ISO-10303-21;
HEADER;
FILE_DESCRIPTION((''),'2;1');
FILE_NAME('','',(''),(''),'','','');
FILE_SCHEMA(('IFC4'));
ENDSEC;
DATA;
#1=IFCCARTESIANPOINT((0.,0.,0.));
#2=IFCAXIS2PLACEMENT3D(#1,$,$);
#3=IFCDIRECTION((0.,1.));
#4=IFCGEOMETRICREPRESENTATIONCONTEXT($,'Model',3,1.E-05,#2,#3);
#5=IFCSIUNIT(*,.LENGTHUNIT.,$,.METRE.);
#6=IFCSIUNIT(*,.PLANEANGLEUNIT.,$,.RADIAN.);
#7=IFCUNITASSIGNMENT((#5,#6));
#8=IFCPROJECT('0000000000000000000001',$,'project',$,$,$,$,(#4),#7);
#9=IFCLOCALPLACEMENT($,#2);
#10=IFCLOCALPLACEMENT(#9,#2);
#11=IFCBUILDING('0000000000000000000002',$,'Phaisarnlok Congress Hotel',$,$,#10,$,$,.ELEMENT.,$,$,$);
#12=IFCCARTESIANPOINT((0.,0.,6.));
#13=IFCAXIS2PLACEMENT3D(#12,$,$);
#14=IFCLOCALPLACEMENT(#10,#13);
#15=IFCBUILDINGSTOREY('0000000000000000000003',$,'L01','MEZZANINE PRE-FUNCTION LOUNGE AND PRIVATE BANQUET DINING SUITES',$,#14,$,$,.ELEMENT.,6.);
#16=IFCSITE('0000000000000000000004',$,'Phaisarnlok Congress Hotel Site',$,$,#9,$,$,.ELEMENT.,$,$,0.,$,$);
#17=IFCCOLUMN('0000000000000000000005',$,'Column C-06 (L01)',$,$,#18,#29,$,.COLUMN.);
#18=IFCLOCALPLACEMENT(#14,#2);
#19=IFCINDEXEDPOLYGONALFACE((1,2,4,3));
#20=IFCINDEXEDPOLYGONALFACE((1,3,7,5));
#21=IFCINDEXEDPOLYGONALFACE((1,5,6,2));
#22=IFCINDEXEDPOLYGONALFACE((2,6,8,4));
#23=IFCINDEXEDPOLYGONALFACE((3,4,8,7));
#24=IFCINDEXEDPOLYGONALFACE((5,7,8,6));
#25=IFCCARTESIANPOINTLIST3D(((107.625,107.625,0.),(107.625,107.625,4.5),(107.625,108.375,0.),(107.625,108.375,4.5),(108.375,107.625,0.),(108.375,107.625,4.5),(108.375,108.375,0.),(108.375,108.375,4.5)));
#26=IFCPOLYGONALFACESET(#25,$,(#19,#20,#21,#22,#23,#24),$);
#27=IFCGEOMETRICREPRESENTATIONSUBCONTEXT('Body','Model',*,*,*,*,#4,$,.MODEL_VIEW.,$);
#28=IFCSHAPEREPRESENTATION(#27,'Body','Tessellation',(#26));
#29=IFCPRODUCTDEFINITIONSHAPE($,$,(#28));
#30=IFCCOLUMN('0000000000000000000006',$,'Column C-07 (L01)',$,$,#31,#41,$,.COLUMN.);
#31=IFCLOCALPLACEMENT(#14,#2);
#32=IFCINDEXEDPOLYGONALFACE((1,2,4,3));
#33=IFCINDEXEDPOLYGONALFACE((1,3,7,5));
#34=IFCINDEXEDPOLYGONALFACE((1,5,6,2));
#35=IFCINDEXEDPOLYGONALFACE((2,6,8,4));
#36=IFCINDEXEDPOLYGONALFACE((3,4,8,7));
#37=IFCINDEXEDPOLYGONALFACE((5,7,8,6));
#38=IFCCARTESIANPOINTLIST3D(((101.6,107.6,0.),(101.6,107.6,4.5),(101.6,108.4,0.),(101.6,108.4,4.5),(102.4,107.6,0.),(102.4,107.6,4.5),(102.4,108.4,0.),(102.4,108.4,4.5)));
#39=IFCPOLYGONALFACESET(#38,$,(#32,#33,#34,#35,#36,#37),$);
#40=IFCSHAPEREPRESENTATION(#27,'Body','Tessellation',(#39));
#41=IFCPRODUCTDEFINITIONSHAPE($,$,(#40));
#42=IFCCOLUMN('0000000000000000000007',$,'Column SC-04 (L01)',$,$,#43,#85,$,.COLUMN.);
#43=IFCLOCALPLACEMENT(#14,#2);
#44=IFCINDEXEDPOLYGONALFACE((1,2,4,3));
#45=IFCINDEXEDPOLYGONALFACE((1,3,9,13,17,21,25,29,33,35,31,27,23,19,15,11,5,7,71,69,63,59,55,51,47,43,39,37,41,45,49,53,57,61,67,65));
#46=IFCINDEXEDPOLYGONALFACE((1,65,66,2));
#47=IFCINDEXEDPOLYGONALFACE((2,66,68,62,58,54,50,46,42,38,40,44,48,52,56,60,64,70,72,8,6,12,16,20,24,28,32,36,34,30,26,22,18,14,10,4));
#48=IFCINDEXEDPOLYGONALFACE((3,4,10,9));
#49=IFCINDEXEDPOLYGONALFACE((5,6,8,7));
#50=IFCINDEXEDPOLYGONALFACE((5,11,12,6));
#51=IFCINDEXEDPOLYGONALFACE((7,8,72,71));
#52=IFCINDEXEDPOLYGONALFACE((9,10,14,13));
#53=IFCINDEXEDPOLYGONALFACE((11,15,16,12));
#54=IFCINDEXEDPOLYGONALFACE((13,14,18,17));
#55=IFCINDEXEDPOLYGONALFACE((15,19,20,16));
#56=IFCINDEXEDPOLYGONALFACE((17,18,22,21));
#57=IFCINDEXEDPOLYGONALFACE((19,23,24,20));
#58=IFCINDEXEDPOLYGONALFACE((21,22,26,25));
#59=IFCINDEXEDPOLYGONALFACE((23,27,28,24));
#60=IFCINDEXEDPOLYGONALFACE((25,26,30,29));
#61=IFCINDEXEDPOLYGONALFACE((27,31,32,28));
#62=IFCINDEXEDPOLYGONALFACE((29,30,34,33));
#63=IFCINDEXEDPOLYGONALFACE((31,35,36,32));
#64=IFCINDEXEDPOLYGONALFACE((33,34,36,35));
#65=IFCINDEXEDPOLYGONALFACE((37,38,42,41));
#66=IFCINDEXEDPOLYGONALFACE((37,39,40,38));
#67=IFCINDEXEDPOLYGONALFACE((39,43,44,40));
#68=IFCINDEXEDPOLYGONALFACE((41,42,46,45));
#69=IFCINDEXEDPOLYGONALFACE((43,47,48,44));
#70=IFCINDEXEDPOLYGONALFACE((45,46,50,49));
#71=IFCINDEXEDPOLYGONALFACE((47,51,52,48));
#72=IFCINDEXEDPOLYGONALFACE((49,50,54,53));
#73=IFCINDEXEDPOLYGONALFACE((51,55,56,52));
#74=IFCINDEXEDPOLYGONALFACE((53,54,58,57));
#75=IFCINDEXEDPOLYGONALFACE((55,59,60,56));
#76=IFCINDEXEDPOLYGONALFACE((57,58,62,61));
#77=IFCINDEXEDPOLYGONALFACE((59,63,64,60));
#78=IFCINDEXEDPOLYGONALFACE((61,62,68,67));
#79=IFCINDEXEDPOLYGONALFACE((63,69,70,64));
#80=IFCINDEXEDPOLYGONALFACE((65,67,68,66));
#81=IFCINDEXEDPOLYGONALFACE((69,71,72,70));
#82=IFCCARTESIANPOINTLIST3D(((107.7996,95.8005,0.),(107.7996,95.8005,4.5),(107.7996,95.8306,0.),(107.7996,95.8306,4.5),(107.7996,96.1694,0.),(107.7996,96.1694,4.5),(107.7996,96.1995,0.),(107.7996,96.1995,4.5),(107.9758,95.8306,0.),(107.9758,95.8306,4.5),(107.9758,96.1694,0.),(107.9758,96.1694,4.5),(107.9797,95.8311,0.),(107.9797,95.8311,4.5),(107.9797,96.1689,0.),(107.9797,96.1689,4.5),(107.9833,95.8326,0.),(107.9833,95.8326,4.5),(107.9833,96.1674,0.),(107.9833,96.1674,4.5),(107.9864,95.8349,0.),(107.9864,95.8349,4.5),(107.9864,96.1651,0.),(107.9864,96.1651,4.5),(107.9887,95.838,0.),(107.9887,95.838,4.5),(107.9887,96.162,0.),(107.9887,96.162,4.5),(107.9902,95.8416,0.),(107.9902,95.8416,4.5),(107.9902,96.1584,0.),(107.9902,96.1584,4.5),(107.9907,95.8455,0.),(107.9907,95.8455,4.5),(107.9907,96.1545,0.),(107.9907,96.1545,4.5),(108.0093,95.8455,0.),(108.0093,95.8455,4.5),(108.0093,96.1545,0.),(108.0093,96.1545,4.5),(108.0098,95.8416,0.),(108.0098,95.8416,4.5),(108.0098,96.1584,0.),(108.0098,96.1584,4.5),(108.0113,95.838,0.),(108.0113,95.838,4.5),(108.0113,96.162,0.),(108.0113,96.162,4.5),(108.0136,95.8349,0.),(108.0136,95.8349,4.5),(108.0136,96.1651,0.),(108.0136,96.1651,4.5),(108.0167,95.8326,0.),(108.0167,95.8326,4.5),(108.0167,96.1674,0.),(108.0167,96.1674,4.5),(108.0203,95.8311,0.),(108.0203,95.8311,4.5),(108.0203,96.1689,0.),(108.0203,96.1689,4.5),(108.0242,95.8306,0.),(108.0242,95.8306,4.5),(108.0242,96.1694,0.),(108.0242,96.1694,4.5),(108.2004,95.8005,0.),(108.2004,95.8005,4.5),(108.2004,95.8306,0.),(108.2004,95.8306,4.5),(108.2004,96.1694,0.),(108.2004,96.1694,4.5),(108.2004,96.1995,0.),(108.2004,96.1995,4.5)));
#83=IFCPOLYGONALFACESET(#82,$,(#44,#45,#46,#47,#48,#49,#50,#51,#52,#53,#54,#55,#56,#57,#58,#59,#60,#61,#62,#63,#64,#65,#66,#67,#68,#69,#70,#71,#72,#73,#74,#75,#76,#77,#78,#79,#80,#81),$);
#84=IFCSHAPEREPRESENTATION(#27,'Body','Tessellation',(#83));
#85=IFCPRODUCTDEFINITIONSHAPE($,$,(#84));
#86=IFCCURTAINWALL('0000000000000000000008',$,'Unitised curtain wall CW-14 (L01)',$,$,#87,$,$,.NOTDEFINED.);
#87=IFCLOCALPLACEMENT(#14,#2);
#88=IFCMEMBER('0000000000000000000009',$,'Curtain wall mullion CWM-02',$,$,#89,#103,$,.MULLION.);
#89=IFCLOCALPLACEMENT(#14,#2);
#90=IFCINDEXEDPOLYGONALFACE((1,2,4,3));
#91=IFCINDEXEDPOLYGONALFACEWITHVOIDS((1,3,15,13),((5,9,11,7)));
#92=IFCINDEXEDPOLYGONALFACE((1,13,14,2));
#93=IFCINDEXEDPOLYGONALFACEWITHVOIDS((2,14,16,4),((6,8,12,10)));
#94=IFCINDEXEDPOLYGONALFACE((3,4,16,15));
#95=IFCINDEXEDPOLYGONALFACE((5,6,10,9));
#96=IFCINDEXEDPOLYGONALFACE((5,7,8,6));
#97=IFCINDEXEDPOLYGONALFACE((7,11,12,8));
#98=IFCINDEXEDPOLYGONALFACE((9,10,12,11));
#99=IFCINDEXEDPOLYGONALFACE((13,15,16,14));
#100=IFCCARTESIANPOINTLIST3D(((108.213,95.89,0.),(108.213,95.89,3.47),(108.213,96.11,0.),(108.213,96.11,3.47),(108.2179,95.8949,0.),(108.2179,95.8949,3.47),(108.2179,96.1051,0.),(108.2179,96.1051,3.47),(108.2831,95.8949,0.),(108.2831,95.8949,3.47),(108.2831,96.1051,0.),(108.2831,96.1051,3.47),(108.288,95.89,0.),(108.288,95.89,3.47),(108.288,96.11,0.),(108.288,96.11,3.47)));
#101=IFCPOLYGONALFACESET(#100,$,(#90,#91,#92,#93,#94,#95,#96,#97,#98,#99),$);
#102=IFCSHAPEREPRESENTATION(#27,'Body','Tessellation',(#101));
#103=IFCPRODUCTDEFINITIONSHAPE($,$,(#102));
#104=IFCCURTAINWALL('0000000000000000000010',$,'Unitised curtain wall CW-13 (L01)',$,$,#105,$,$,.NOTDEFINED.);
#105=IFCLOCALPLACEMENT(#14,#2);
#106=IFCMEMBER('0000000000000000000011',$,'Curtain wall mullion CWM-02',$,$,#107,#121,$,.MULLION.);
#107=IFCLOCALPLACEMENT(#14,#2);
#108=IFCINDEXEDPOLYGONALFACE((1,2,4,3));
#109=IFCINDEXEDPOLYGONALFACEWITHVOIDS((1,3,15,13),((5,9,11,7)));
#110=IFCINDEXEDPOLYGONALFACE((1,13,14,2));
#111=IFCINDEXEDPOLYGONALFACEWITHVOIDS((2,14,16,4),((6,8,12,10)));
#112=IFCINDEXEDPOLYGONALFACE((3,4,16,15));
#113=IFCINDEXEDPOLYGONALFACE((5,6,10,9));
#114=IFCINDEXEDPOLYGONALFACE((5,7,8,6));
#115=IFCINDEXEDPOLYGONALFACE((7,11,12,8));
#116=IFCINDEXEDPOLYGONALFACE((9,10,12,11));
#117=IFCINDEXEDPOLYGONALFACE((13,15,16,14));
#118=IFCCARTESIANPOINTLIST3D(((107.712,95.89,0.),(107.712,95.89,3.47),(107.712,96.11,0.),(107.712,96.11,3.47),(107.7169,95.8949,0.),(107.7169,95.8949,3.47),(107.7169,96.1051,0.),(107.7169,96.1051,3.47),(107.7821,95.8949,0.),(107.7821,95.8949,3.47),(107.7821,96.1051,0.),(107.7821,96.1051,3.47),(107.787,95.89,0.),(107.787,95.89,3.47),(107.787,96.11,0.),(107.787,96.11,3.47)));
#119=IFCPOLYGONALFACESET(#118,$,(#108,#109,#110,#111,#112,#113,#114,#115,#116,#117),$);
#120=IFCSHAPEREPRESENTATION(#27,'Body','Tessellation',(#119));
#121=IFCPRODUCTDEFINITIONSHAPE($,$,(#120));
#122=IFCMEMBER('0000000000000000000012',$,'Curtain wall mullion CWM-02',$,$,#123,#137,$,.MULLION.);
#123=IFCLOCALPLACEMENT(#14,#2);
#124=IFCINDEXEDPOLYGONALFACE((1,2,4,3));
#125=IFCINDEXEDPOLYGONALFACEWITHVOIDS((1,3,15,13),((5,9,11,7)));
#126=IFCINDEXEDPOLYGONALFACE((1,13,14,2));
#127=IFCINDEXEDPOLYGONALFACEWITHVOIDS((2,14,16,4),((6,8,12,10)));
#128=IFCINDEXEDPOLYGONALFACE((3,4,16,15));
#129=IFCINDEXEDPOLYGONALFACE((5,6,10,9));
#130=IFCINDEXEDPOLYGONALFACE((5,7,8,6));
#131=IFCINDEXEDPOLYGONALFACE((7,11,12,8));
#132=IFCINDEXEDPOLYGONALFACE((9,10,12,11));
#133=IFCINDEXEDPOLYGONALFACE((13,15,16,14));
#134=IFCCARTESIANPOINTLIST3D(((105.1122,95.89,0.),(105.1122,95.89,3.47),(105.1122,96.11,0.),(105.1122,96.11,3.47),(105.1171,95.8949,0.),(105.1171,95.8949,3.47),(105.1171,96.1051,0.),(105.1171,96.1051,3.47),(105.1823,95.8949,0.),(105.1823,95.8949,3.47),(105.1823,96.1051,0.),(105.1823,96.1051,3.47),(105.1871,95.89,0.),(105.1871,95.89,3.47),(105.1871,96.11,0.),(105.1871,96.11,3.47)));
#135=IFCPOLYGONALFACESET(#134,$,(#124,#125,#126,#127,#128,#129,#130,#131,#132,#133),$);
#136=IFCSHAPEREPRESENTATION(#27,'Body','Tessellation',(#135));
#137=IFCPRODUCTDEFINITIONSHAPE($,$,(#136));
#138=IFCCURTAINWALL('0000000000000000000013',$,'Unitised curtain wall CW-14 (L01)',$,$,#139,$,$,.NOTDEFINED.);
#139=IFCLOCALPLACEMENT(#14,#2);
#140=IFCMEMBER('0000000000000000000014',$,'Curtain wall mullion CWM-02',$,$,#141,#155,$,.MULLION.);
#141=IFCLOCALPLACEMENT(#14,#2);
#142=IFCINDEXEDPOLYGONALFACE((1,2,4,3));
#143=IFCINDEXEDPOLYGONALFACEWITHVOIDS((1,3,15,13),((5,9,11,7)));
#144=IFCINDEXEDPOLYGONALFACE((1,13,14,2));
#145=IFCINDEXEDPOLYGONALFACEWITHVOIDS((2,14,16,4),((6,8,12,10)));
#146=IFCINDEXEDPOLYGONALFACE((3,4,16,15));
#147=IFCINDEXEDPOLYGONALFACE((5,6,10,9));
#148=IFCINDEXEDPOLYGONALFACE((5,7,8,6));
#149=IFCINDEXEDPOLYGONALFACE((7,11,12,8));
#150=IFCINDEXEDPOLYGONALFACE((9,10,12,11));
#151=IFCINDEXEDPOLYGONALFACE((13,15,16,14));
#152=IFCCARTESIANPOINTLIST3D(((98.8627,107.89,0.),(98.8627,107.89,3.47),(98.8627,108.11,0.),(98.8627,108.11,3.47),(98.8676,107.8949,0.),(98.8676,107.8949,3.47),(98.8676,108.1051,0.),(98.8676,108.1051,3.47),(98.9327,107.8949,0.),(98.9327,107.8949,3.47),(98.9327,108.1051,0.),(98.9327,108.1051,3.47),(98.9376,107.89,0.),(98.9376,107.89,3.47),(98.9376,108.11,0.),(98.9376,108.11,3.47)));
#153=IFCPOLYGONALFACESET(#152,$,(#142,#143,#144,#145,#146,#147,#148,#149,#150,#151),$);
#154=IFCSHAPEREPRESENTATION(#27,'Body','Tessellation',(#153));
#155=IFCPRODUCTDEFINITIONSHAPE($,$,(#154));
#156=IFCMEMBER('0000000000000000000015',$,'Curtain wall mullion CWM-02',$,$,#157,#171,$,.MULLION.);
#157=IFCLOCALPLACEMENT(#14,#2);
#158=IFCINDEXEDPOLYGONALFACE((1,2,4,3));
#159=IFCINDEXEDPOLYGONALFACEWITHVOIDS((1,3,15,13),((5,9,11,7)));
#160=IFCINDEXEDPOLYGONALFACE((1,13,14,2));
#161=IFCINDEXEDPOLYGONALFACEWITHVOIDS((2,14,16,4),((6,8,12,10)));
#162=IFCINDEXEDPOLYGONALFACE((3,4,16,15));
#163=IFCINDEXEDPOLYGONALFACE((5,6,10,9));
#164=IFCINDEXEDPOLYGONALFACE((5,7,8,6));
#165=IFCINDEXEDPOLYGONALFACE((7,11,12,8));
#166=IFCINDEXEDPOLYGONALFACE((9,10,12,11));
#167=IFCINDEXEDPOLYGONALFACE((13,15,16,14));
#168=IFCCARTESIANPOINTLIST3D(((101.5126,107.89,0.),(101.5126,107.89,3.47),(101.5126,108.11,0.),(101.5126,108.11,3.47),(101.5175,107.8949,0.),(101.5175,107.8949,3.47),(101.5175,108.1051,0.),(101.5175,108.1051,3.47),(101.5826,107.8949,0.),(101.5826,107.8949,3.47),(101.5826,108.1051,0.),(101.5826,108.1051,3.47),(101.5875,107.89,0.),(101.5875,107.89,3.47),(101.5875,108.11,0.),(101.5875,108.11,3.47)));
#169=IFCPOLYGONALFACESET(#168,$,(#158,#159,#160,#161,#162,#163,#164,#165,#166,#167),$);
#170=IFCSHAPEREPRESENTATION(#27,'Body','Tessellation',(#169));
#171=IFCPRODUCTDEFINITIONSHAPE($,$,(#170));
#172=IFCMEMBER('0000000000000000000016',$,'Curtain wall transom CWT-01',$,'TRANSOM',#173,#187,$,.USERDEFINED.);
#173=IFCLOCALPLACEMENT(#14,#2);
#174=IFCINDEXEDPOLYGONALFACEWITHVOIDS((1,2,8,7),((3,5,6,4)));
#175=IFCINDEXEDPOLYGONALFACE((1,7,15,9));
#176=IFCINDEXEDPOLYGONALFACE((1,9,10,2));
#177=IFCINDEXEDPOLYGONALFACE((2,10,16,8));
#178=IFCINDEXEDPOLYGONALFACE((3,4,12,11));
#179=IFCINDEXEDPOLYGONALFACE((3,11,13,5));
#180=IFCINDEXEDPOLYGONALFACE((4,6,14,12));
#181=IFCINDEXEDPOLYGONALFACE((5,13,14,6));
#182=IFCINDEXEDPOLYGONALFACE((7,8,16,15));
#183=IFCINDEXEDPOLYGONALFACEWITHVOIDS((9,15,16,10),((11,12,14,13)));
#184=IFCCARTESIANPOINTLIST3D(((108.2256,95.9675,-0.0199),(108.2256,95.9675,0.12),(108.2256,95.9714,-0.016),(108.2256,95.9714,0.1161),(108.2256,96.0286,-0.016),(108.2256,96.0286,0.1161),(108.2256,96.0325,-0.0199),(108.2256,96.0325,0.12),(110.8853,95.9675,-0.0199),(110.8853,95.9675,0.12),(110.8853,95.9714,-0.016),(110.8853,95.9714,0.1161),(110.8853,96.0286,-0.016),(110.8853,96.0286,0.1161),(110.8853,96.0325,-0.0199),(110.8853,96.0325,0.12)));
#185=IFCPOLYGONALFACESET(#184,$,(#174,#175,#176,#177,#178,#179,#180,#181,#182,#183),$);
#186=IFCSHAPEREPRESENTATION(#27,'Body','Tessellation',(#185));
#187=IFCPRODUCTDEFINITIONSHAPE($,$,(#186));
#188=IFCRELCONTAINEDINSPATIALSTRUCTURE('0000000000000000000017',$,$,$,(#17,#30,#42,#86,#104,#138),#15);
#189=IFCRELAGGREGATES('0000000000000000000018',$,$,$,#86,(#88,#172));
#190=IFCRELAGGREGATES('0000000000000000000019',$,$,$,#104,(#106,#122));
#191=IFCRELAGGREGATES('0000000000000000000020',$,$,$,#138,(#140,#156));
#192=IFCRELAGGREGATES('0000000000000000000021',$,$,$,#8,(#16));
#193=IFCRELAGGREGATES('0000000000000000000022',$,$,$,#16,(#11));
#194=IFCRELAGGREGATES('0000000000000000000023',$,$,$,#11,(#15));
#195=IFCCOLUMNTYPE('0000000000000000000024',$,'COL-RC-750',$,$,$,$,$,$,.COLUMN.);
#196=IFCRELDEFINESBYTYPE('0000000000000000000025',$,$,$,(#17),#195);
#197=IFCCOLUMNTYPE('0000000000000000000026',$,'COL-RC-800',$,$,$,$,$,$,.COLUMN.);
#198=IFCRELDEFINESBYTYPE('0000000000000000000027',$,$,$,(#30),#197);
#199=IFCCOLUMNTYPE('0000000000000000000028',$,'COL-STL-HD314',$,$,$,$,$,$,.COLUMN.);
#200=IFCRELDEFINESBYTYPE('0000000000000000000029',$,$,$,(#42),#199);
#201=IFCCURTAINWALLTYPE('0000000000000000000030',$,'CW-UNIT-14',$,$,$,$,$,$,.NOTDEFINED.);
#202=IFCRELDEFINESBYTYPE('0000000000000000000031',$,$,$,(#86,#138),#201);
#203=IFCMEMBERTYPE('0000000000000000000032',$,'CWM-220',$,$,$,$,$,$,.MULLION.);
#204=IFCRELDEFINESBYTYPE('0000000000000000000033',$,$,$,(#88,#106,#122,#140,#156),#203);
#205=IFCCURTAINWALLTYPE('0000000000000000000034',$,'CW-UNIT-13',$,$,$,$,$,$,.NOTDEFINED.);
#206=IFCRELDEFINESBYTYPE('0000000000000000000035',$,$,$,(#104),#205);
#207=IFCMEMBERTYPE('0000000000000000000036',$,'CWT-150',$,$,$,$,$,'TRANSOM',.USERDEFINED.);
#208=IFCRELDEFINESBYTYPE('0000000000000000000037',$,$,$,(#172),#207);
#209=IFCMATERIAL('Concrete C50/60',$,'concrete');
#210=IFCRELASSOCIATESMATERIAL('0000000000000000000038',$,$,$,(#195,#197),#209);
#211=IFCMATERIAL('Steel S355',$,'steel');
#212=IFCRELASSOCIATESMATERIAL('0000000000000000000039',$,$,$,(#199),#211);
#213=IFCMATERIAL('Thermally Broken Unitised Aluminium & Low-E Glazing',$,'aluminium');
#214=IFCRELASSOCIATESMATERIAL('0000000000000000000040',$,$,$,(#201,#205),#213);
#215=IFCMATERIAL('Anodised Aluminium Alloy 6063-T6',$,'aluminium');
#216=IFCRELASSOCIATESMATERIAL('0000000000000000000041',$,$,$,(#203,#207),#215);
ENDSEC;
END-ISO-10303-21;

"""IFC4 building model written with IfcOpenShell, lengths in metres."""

from ifc_helpers import new_model, si_unit, direction, frame, origin, origin_2d, place, context, subcontext, project, spatial, rectangle, hollow_rectangle, i_section, extrude, material, material_profile, profile_set, type_object, element, aggregate, save


model = new_model("IFC4")

# Units and contexts
model_context = context("Model", 3, precision=1e-05, world=origin(), true_north=direction((0.0, 1.0)))
body_context = subcontext(model_context, "Body", "Model", "MODEL_VIEW")
ifc_project = project(units=[si_unit("LENGTHUNIT", "METRE"), si_unit("PLANEANGLEUNIT", "RADIAN")], contexts=[model_context])

# Site, building, storey
site_placement = place(None, origin())
site = spatial("IfcSite", under=ifc_project, at=site_placement, Name="Phaisarnlok Congress Hotel Site", CompositionType="ELEMENT", RefElevation=0.0)
building_placement = place(site_placement, origin())
building = spatial("IfcBuilding", under=site, at=building_placement, Name="Phaisarnlok Congress Hotel", CompositionType="ELEMENT")
storey_placement = place(building_placement, frame((0.0, 0.0, 6.0)))
storey = spatial("IfcBuildingStorey", under=building, at=storey_placement, Name="L01", Description="MEZZANINE PRE-FUNCTION LOUNGE AND PRIVATE BANQUET DINING SUITES", CompositionType="ELEMENT", Elevation=6.0)

# Columns
ifc_material_1 = material(Name="Concrete C50/60", Category="concrete")
ifc_material_profile_1 = material_profile(ifc_material_1, rectangle(XDim=0.75, YDim=0.75, at=origin_2d()), Name="RC 750x750")
ifc_profile_set_1 = profile_set([ifc_material_profile_1], Name="Concrete C50/60")
column_type_1 = type_object("IfcColumnType", Name="COL-RC-750", PredefinedType="COLUMN", material=ifc_profile_set_1)
column_1_placement = place(storey_placement, frame((108.0, 108.0, 0.0), z_axis=(0.0, 0.0, 1.0), x_axis=(1.0, 0.0, 0.0)))
element("IfcColumn", 1, at=column_1_placement, inside=storey, type_object=column_type_1, Name="Column C-06 (L01)", PredefinedType="COLUMN", context=body_context, shape_type="SweptSolid", body=[
    extrude(rectangle(XDim=0.75, YDim=0.75, at=origin_2d()), origin(), (0.0, 0.0, 1.0), 4.5),
])
ifc_material_profile_2 = material_profile(ifc_material_1, rectangle(XDim=0.8, YDim=0.8, at=origin_2d()), Name="RC 800x800")
ifc_profile_set_2 = profile_set([ifc_material_profile_2], Name="Concrete C50/60")
column_type_2 = type_object("IfcColumnType", Name="COL-RC-800", PredefinedType="COLUMN", material=ifc_profile_set_2)
column_2_placement = place(storey_placement, frame((102.0, 108.0, 0.0), z_axis=(0.0, 0.0, 1.0), x_axis=(1.0, 0.0, 0.0)))
element("IfcColumn", 2, at=column_2_placement, inside=storey, type_object=column_type_2, Name="Column C-07 (L01)", PredefinedType="COLUMN", context=body_context, shape_type="SweptSolid", body=[
    extrude(rectangle(XDim=0.8, YDim=0.8, at=origin_2d()), origin(), (0.0, 0.0, 1.0), 4.5),
])
ifc_material_2 = material(Name="Steel S355", Category="steel")
ifc_material_profile_3 = material_profile(ifc_material_2, i_section(OverallWidth=0.4009, OverallDepth=0.3989, WebThickness=0.0186, FlangeThickness=0.03, FilletRadius=0.0149, at=origin_2d()), Name="HD 400x314")
ifc_profile_set_3 = profile_set([ifc_material_profile_3], Name="Steel S355")
column_type_3 = type_object("IfcColumnType", Name="COL-STL-HD314", PredefinedType="COLUMN", material=ifc_profile_set_3)
column_3_placement = place(storey_placement, frame((108.0, 96.0, 0.0), z_axis=(0.0, 0.0, 1.0), x_axis=(1.0, 0.0, 0.0)))
element("IfcColumn", 3, at=column_3_placement, inside=storey, type_object=column_type_3, Name="Column SC-04 (L01)", PredefinedType="COLUMN", context=body_context, shape_type="SweptSolid", body=[
    extrude(i_section(OverallWidth=0.4009, OverallDepth=0.3989, WebThickness=0.0186, FlangeThickness=0.03, FilletRadius=0.0149, at=origin_2d()), origin(), (0.0, 0.0, 1.0), 4.5),
])

# Curtain wall, member
ifc_material_3 = material(Name="Thermally Broken Unitised Aluminium & Low-E Glazing", Category="aluminium")
curtain_wall_type_1 = type_object("IfcCurtainWallType", Name="CW-UNIT-14", PredefinedType="NOTDEFINED", material=ifc_material_3)
curtain_wall_1_placement = place(storey_placement, origin())
curtain_wall_1 = element("IfcCurtainWall", 4, at=curtain_wall_1_placement, inside=storey, type_object=curtain_wall_type_1, Name="Unitised curtain wall CW-14 (L01)", PredefinedType="NOTDEFINED")
ifc_material_4 = material(Name="Anodised Aluminium Alloy 6063-T6", Category="aluminium")
ifc_material_profile_4 = material_profile(ifc_material_4, hollow_rectangle(XDim=0.075, YDim=0.22, WallThickness=0.0049, at=origin_2d()), Name="ALU-M 75x220x5")
ifc_profile_set_4 = profile_set([ifc_material_profile_4], Name="Anodised Aluminium Alloy 6063-T6")
member_type_1 = type_object("IfcMemberType", Name="CWM-220", PredefinedType="MULLION", material=ifc_profile_set_4)
member_1_placement = place(storey_placement, frame((108.2505, 96.0, 0.0), z_axis=(0.0, 0.0, 1.0), x_axis=(-1.0, 0.0, 0.0)))
member_1 = element("IfcMember", 5, at=member_1_placement, type_object=member_type_1, Name="Curtain wall mullion CWM-02", PredefinedType="MULLION", context=body_context, shape_type="SweptSolid", body=[
    extrude(hollow_rectangle(XDim=0.075, YDim=0.22, WallThickness=0.0049, at=origin_2d()), origin(), (0.0, 0.0, 1.0), 3.47),
])

# Curtain walls, members
curtain_wall_type_2 = type_object("IfcCurtainWallType", Name="CW-UNIT-13", PredefinedType="NOTDEFINED", material=ifc_material_3)
curtain_wall_2_placement = place(storey_placement, origin())
curtain_wall_2 = element("IfcCurtainWall", 6, at=curtain_wall_2_placement, inside=storey, type_object=curtain_wall_type_2, Name="Unitised curtain wall CW-13 (L01)", PredefinedType="NOTDEFINED")
member_2_placement = place(storey_placement, frame((107.7495, 96.0, 0.0), z_axis=(0.0, 0.0, 1.0), x_axis=(-1.0, 0.0, 0.0)))
member_2 = element("IfcMember", 7, at=member_2_placement, type_object=member_type_1, Name="Curtain wall mullion CWM-02", PredefinedType="MULLION", context=body_context, shape_type="SweptSolid", body=[
    extrude(hollow_rectangle(XDim=0.075, YDim=0.22, WallThickness=0.0049, at=origin_2d()), origin(), (0.0, 0.0, 1.0), 3.47),
])
member_3_placement = place(storey_placement, frame((105.1497, 96.0, 0.0), z_axis=(0.0, 0.0, 1.0), x_axis=(-1.0, 0.0, 0.0)))
member_3 = element("IfcMember", 8, at=member_3_placement, type_object=member_type_1, Name="Curtain wall mullion CWM-02", PredefinedType="MULLION", context=body_context, shape_type="SweptSolid", body=[
    extrude(hollow_rectangle(XDim=0.075, YDim=0.22, WallThickness=0.0049, at=origin_2d()), origin(), (0.0, 0.0, 1.0), 3.47),
])
curtain_wall_3_placement = place(storey_placement, origin())
curtain_wall_3 = element("IfcCurtainWall", 9, at=curtain_wall_3_placement, inside=storey, type_object=curtain_wall_type_1, Name="Unitised curtain wall CW-14 (L01)", PredefinedType="NOTDEFINED")
member_4_placement = place(storey_placement, frame((98.9001, 108.0, 0.0), z_axis=(0.0, 0.0, 1.0), x_axis=(1.0, 0.0, 0.0)))
member_4 = element("IfcMember", 10, at=member_4_placement, type_object=member_type_1, Name="Curtain wall mullion CWM-02", PredefinedType="MULLION", context=body_context, shape_type="SweptSolid", body=[
    extrude(hollow_rectangle(XDim=0.075, YDim=0.22, WallThickness=0.0049, at=origin_2d()), origin(), (0.0, 0.0, 1.0), 3.47),
])
member_5_placement = place(storey_placement, frame((101.55, 108.0, 0.0), z_axis=(0.0, 0.0, 1.0), x_axis=(1.0, 0.0, 0.0)))
member_5 = element("IfcMember", 11, at=member_5_placement, type_object=member_type_1, Name="Curtain wall mullion CWM-02", PredefinedType="MULLION", context=body_context, shape_type="SweptSolid", body=[
    extrude(hollow_rectangle(XDim=0.075, YDim=0.22, WallThickness=0.0049, at=origin_2d()), origin(), (0.0, 0.0, 1.0), 3.47),
])

# Member
ifc_material_profile_5 = material_profile(ifc_material_4, hollow_rectangle(XDim=0.0649, YDim=0.1399, WallThickness=0.0039, at=origin_2d()), Name="ALU-T 65x140x4")
ifc_profile_set_5 = profile_set([ifc_material_profile_5], Name="Anodised Aluminium Alloy 6063-T6")
member_type_2 = type_object("IfcMemberType", Name="CWT-150", ElementType="TRANSOM", PredefinedType="USERDEFINED", material=ifc_profile_set_5)
member_6_placement = place(storey_placement, frame((110.8853, 96.0, 0.05), z_axis=(-1.0, 0.0, 0.0), x_axis=(0.0, -1.0, 0.0)))
member_6 = element("IfcMember", 12, at=member_6_placement, type_object=member_type_2, Name="Curtain wall transom CWT-01", ObjectType="TRANSOM", PredefinedType="USERDEFINED", context=body_context, shape_type="SweptSolid", body=[
    extrude(hollow_rectangle(XDim=0.0649, YDim=0.1399, WallThickness=0.0039, at=origin_2d()), origin(), (0.0, 0.0, 1.0), 2.6597),
])
aggregate(curtain_wall_1, [member_1, member_6])

aggregate(curtain_wall_2, [member_2, member_3])
aggregate(curtain_wall_3, [member_4, member_5])

save(model, "model.ifc")
